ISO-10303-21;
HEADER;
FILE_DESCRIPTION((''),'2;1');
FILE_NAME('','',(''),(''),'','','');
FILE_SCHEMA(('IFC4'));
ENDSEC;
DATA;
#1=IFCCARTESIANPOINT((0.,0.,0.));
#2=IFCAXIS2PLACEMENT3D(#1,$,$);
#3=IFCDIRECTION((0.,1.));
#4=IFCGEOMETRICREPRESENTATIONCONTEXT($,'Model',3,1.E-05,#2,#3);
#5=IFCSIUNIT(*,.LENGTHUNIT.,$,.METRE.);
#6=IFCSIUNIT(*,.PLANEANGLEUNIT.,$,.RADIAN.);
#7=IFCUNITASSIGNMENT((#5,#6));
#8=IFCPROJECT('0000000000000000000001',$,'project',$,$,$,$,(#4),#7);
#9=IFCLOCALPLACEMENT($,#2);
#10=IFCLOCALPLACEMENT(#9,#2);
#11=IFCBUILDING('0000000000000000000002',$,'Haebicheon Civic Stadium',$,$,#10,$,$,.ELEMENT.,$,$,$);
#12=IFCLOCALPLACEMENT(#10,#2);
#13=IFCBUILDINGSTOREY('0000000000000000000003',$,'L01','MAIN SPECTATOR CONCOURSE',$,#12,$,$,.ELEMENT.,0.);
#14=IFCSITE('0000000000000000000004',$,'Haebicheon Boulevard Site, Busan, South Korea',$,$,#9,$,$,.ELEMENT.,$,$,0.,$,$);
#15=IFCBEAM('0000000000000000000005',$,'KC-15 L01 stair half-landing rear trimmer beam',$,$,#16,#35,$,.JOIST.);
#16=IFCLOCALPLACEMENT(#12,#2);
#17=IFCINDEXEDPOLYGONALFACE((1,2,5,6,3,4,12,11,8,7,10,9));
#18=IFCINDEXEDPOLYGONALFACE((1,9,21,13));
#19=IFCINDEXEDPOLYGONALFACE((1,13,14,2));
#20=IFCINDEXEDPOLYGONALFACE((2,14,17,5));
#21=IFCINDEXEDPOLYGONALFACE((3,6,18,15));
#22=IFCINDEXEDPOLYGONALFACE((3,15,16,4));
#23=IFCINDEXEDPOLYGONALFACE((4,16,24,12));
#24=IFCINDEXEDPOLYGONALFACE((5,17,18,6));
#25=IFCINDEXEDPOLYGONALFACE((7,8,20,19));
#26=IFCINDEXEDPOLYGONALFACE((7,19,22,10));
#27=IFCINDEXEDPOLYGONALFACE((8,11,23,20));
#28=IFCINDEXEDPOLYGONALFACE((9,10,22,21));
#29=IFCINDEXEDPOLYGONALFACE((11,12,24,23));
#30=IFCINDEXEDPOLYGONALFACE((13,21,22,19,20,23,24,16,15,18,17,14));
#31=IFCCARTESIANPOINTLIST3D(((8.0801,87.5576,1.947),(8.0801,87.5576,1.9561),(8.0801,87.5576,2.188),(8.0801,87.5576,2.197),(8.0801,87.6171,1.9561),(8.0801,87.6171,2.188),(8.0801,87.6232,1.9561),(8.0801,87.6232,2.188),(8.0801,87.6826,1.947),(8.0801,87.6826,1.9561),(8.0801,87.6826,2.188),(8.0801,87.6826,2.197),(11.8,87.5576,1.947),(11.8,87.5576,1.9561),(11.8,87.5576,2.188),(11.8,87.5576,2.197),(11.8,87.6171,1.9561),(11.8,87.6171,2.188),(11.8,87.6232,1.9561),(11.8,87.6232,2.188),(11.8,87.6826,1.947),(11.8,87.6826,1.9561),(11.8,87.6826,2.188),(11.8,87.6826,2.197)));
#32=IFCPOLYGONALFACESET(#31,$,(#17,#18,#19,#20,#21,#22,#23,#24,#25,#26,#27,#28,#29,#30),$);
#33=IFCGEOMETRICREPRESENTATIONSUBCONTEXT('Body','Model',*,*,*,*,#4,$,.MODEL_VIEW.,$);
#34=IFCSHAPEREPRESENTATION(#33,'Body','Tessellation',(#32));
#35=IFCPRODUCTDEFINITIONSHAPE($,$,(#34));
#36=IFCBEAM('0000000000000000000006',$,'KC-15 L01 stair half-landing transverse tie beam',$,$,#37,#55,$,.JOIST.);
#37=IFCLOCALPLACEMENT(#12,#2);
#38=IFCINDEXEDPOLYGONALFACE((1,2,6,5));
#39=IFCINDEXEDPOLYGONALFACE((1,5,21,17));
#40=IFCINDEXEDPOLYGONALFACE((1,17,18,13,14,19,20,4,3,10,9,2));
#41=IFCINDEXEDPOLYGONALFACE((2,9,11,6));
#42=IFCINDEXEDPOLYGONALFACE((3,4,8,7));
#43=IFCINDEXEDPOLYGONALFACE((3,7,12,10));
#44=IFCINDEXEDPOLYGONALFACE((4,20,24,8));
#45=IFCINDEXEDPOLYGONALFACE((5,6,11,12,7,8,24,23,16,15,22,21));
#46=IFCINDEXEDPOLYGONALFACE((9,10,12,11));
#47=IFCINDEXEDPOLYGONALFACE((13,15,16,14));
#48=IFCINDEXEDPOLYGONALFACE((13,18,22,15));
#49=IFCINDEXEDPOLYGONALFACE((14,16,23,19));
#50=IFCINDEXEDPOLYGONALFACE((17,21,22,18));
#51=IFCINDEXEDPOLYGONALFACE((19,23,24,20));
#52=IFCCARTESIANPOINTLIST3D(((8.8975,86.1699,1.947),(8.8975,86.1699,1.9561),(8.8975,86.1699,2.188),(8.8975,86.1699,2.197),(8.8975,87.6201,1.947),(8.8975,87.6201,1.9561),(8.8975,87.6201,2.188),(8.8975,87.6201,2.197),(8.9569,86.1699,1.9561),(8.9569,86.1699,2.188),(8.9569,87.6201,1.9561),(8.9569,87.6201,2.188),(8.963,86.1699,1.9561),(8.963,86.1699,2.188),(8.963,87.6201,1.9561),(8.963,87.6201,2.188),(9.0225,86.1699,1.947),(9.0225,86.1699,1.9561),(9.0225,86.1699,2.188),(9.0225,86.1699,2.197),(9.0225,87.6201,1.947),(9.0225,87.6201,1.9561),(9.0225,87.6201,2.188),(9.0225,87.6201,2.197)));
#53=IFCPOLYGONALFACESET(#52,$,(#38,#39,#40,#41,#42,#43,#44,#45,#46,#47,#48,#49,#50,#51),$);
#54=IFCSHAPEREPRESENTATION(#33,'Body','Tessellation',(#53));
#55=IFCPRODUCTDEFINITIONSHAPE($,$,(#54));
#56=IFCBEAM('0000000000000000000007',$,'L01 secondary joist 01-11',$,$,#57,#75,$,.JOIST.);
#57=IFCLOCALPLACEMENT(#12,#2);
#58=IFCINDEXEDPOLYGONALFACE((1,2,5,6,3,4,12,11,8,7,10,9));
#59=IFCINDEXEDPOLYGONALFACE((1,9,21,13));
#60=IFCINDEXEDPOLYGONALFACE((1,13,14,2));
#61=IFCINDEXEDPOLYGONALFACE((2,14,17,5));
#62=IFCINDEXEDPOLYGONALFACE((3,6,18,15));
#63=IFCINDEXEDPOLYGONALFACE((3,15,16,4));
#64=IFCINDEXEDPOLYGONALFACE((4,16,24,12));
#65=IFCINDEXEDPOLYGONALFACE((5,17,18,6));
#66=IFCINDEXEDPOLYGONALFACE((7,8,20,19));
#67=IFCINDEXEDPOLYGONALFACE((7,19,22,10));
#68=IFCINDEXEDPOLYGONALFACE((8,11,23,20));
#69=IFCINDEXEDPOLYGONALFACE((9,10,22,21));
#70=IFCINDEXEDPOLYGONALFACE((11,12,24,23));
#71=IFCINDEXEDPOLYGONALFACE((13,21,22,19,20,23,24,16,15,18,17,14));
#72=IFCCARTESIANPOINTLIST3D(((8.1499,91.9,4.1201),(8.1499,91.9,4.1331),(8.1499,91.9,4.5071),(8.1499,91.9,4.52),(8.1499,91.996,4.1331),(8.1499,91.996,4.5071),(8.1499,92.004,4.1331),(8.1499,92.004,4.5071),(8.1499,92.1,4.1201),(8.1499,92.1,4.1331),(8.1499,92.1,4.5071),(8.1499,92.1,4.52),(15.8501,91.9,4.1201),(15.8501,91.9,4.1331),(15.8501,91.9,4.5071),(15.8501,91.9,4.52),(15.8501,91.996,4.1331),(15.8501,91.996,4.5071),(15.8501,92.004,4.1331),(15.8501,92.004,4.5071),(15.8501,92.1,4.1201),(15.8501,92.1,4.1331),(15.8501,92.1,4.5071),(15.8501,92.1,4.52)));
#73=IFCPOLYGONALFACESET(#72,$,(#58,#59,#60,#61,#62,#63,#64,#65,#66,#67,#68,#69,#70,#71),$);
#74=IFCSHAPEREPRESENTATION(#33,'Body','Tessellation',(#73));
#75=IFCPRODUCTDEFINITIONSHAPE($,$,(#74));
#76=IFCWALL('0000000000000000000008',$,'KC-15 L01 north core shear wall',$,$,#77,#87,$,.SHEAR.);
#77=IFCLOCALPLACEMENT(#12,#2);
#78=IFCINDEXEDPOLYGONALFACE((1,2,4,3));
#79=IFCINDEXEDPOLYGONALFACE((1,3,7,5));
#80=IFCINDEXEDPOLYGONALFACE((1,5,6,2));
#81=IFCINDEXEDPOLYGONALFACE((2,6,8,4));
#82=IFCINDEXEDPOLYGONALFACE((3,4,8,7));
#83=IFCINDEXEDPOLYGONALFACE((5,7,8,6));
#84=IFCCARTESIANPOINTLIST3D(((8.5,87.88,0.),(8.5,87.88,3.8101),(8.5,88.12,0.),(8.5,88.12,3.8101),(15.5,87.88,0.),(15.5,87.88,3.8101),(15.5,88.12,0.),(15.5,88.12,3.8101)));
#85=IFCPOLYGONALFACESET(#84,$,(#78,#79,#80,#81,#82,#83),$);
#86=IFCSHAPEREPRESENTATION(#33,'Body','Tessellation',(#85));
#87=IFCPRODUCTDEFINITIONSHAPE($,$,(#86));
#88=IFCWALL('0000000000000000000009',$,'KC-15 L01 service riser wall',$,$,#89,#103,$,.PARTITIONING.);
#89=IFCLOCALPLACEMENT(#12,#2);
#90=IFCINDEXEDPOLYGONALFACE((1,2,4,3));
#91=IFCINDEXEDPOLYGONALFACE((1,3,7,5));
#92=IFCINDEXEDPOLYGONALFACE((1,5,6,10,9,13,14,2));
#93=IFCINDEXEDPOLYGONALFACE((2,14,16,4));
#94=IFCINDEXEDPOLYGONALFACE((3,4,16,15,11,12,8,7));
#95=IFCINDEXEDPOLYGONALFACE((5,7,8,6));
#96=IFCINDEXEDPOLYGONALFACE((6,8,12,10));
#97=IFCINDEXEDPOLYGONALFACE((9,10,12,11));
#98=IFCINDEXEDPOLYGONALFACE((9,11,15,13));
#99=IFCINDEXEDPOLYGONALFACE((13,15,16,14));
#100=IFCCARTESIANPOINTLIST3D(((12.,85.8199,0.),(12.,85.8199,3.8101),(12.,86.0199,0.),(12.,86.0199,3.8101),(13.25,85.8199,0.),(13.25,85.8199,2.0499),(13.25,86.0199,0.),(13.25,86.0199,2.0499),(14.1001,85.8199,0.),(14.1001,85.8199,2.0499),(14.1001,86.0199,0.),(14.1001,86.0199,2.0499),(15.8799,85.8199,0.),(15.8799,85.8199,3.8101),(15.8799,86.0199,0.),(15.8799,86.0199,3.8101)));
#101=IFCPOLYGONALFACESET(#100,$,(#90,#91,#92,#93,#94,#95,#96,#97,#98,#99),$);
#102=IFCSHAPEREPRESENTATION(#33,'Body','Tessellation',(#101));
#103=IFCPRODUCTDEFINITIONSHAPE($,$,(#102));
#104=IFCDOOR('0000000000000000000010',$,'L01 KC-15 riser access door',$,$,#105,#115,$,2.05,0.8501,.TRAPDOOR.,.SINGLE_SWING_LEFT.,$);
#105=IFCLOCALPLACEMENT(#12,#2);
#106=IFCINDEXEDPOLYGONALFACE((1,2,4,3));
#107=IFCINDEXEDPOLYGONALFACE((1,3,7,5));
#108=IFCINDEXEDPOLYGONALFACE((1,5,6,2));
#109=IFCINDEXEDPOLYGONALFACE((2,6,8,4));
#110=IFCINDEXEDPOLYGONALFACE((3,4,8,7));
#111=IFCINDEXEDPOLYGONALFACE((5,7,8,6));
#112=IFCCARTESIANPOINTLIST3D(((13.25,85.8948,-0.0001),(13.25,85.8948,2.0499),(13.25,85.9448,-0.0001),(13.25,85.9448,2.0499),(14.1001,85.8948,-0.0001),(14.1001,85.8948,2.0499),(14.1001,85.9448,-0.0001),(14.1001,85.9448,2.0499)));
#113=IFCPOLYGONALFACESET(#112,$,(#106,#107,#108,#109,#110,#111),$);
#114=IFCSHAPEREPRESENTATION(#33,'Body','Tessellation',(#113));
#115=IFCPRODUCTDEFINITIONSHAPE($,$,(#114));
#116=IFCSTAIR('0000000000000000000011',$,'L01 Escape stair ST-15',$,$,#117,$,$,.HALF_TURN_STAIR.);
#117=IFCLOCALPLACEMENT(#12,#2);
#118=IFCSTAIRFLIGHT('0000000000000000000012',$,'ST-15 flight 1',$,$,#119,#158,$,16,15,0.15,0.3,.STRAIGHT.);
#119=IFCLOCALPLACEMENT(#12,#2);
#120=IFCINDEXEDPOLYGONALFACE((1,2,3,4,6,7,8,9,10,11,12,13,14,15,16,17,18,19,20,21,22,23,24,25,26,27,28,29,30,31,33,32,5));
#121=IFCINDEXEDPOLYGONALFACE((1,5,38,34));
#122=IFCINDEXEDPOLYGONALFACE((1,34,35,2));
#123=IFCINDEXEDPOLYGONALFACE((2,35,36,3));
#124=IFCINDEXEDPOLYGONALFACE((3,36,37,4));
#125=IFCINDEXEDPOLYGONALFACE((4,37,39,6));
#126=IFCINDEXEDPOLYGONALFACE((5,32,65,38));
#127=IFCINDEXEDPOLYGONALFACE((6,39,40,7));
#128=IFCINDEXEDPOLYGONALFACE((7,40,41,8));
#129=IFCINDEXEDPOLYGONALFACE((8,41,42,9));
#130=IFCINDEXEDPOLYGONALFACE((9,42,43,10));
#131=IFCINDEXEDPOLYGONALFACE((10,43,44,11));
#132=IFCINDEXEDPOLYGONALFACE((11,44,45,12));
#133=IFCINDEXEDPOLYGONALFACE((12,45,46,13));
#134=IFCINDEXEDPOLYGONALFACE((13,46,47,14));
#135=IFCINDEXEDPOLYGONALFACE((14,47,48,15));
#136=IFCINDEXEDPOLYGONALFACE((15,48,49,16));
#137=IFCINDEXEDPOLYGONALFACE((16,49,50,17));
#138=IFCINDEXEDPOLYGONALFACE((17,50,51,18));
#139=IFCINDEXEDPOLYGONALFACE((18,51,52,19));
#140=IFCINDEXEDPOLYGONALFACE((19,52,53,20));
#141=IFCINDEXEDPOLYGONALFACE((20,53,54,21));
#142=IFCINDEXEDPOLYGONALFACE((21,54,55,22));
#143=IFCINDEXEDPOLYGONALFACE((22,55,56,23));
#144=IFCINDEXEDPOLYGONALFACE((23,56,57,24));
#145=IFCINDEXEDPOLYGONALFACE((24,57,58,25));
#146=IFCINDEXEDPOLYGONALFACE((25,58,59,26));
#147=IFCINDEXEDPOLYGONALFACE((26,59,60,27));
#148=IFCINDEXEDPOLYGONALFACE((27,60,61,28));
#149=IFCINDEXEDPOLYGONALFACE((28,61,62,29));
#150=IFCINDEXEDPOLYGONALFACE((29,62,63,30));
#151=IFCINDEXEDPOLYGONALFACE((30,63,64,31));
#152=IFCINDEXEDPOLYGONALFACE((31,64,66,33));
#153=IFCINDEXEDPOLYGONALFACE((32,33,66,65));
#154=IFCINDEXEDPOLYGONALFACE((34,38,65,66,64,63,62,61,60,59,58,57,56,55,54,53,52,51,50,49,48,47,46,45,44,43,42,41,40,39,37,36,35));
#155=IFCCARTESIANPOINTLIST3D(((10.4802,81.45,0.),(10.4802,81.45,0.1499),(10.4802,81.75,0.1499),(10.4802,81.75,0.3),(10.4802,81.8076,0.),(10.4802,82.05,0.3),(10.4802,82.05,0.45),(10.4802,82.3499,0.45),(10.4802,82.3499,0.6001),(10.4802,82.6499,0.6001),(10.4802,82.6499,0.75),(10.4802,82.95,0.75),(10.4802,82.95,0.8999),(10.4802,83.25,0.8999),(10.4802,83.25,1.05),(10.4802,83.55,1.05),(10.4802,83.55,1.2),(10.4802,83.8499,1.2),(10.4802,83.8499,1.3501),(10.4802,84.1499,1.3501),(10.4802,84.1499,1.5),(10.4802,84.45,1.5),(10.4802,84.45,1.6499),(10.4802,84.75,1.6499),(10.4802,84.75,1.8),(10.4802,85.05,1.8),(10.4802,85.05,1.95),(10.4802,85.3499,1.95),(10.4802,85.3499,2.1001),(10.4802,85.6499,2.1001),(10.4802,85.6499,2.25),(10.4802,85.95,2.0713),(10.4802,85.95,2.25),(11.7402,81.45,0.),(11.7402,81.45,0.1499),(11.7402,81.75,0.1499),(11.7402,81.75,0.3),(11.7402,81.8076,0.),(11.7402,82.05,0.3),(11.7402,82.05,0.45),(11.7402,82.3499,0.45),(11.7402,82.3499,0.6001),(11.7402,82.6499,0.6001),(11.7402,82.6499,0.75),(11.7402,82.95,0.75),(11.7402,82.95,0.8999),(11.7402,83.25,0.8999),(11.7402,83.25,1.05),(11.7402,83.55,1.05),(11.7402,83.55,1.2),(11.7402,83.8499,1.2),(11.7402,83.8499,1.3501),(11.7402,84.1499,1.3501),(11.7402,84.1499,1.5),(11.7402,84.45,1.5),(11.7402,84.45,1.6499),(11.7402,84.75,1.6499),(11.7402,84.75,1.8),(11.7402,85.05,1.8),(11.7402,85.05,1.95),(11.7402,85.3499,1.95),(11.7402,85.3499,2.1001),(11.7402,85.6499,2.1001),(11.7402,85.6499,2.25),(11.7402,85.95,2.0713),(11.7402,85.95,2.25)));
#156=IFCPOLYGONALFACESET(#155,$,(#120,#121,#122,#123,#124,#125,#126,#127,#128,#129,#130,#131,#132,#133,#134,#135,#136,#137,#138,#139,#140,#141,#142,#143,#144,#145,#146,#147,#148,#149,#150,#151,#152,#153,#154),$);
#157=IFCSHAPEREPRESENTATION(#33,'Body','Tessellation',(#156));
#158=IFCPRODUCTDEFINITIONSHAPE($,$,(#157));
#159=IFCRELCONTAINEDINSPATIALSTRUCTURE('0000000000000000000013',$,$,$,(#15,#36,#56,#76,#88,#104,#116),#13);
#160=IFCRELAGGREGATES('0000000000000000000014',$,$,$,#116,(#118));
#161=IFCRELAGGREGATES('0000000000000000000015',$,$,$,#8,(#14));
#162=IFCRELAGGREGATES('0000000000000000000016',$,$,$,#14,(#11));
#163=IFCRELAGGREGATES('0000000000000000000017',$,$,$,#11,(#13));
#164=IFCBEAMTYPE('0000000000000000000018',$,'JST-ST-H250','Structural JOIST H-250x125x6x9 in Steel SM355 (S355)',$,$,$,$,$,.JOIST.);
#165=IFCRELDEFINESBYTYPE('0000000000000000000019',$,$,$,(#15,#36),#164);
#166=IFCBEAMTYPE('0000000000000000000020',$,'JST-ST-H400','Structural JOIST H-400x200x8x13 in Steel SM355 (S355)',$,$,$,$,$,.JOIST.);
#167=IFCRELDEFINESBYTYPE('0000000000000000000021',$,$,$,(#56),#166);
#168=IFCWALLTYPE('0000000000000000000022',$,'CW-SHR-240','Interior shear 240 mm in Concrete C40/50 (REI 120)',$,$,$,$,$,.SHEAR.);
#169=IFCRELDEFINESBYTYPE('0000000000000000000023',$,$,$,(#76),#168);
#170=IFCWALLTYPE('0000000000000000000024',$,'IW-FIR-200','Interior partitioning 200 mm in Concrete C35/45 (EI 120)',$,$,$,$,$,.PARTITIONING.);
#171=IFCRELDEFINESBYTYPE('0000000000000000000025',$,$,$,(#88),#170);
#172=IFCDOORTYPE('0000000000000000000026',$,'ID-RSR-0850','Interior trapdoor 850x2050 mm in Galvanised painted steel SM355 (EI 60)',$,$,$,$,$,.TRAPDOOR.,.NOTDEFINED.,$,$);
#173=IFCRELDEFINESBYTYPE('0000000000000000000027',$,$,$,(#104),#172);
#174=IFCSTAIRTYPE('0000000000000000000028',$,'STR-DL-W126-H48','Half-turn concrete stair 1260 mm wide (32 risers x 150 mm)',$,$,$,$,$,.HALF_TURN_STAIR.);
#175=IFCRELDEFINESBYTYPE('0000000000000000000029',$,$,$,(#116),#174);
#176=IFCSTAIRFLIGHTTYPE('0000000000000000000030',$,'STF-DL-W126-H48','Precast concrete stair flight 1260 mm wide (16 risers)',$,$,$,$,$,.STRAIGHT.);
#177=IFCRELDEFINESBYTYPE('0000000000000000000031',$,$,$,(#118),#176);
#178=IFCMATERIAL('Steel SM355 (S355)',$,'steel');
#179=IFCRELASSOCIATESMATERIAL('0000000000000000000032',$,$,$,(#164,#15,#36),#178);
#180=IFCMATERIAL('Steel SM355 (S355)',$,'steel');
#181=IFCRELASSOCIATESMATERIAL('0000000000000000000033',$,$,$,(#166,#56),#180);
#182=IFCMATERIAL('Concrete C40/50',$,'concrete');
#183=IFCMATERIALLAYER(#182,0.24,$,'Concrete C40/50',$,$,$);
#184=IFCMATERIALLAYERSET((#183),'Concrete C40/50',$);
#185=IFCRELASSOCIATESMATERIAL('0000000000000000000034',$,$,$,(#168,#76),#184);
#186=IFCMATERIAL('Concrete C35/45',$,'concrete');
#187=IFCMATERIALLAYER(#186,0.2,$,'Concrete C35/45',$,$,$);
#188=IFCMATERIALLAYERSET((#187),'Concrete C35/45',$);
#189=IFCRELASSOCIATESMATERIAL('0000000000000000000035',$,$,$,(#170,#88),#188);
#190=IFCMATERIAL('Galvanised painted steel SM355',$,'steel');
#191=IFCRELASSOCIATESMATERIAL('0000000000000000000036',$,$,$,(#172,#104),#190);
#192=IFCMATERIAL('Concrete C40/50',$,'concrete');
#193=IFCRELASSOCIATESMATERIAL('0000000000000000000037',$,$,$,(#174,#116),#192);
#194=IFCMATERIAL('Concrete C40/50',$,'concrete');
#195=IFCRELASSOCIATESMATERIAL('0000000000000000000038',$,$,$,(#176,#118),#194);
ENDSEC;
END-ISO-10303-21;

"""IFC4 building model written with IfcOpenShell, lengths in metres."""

from ifc_helpers import new_model, si_unit, direction, frame, frame_2d, origin, origin_2d, place, context, subcontext, project, spatial, polyline, rectangle, i_section, outline, extrude, material, layer, layer_set, material_profile, profile_set, type_object, element, fill, aggregate, save


model = new_model("IFC4")

# Units and contexts
model_context = context("Model", 3, precision=1e-05, world=origin(), true_north=direction((0.0, 1.0)))
body_context = subcontext(model_context, "Body", "Model", "MODEL_VIEW")
ifc_project = project(units=[si_unit("LENGTHUNIT", "METRE"), si_unit("PLANEANGLEUNIT", "RADIAN")], contexts=[model_context])

# Site, building, storey
site_placement = place(None, origin())
site = spatial("IfcSite", under=ifc_project, at=site_placement, Name="Haebicheon Boulevard Site, Busan, South Korea", CompositionType="ELEMENT", RefElevation=0.0)
building_placement = place(site_placement, origin())
building = spatial("IfcBuilding", under=site, at=building_placement, Name="Haebicheon Civic Stadium", CompositionType="ELEMENT")
storey_placement = place(building_placement, origin())
storey = spatial("IfcBuildingStorey", under=building, at=storey_placement, Name="L01", Description="MAIN SPECTATOR CONCOURSE", CompositionType="ELEMENT", Elevation=0.0)

# Beams
ifc_material_1 = material(Name="Steel SM355 (S355)", Category="steel")
ifc_material_profile_1 = material_profile(ifc_material_1, i_section(OverallWidth=0.125, OverallDepth=0.25, WebThickness=0.0061, FlangeThickness=0.009, at=origin_2d()), Name="H-250x125x6x9")
ifc_profile_set_1 = profile_set([ifc_material_profile_1], Name="Steel SM355 (S355)")
beam_type_1 = type_object("IfcBeamType", Name="JST-ST-H250", Description="Structural JOIST H-250x125x6x9 in Steel SM355 (S355)", PredefinedType="JOIST", material=ifc_profile_set_1)
beam_1_placement = place(storey_placement, frame((8.0801, 87.6201, 2.072), z_axis=(1.0, 0.0, 0.0), x_axis=(0.0, 1.0, 0.0)))
element("IfcBeam", 1, at=beam_1_placement, inside=storey, type_object=beam_type_1, material=ifc_profile_set_1, Name="KC-15 L01 stair half-landing rear trimmer beam", PredefinedType="JOIST", context=body_context, shape_type="SweptSolid", body=[
    extrude(i_section(OverallWidth=0.125, OverallDepth=0.25, WebThickness=0.0061, FlangeThickness=0.009, at=origin_2d()), origin(), (0.0, 0.0, 1.0), 3.72),
])
beam_2_placement = place(storey_placement, frame((8.96, 86.1699, 2.072), z_axis=(0.0, 1.0, 0.0), x_axis=(-1.0, 0.0, 0.0)))
element("IfcBeam", 2, at=beam_2_placement, inside=storey, type_object=beam_type_1, material=ifc_profile_set_1, Name="KC-15 L01 stair half-landing transverse tie beam", PredefinedType="JOIST", context=body_context, shape_type="SweptSolid", body=[
    extrude(i_section(OverallWidth=0.125, OverallDepth=0.25, WebThickness=0.0061, FlangeThickness=0.009, at=origin_2d()), origin(), (0.0, 0.0, 1.0), 1.4502),
])
ifc_material_2 = material(Name="Steel SM355 (S355)", Category="steel")
ifc_material_profile_2 = material_profile(ifc_material_2, i_section(OverallWidth=0.2, OverallDepth=0.3999, WebThickness=0.0081, FlangeThickness=0.0129, at=origin_2d()), Name="H-400x200x8x13")
ifc_profile_set_2 = profile_set([ifc_material_profile_2], Name="Steel SM355 (S355)")
beam_type_2 = type_object("IfcBeamType", Name="JST-ST-H400", Description="Structural JOIST H-400x200x8x13 in Steel SM355 (S355)", PredefinedType="JOIST", material=ifc_profile_set_2)
beam_3_placement = place(storey_placement, frame((8.1499, 92.0, 4.3201), z_axis=(1.0, 0.0, 0.0), x_axis=(0.0, 1.0, 0.0)))
element("IfcBeam", 3, at=beam_3_placement, inside=storey, type_object=beam_type_2, material=ifc_profile_set_2, Name="L01 secondary joist 01-11", PredefinedType="JOIST", context=body_context, shape_type="SweptSolid", body=[
    extrude(i_section(OverallWidth=0.2, OverallDepth=0.3999, WebThickness=0.0081, FlangeThickness=0.0129, at=origin_2d()), origin(), (0.0, 0.0, 1.0), 7.7002),
])

# Wall
ifc_material_3 = material(Name="Concrete C40/50", Category="concrete")
ifc_layer_1 = layer(ifc_material_3, 0.24, Name="Concrete C40/50")
ifc_layer_set_1 = layer_set([ifc_layer_1], Name="Concrete C40/50")
wall_type_1 = type_object("IfcWallType", Name="CW-SHR-240", Description="Interior shear 240 mm in Concrete C40/50 (REI 120)", PredefinedType="SHEAR", material=ifc_layer_set_1)
wall_1_placement = place(storey_placement, frame((8.5, 88.0, 0.0), z_axis=(0.0, 0.0, 1.0), x_axis=(1.0, 0.0, 0.0)))
element("IfcWall", 4, at=wall_1_placement, inside=storey, type_object=wall_type_1, material=ifc_layer_set_1, Name="KC-15 L01 north core shear wall", PredefinedType="SHEAR", context=body_context, shape_type="SweptSolid", body=[
    extrude(rectangle(XDim=7.0, YDim=0.24, at=frame_2d((3.5, 0.0))), origin(), (0.0, 0.0, 1.0), 3.8101),
])

# Wall, opening, door
ifc_material_4 = material(Name="Concrete C35/45", Category="concrete")
ifc_layer_2 = layer(ifc_material_4, 0.2, Name="Concrete C35/45")
ifc_layer_set_2 = layer_set([ifc_layer_2], Name="Concrete C35/45")
wall_type_2 = type_object("IfcWallType", Name="IW-FIR-200", Description="Interior partitioning 200 mm in Concrete C35/45 (EI 120)", PredefinedType="PARTITIONING", material=ifc_layer_set_2)
wall_2_placement = place(storey_placement, frame((12.0, 85.9199, 0.0), z_axis=(0.0, 0.0, 1.0), x_axis=(1.0, 0.0, 0.0)))
wall_2 = element("IfcWall", 5, at=wall_2_placement, inside=storey, type_object=wall_type_2, material=ifc_layer_set_2, Name="KC-15 L01 service riser wall", PredefinedType="PARTITIONING", context=body_context, shape_type="SweptSolid", body=[
    extrude(rectangle(XDim=3.8799, YDim=0.2, at=frame_2d((1.9399, 0.0))), origin(), (0.0, 0.0, 1.0), 3.8101),
])
opening_placement = place(wall_2_placement, frame((1.25, 0.0, 0.0)))
opening = element("IfcOpeningElement", 6, at=opening_placement, cuts=wall_2, PredefinedType="OPENING", context=body_context, shape_type="SweptSolid", body=[
    extrude(rectangle(XDim=0.8501, YDim=2.05, at=frame_2d((0.425, 1.0249))), frame((0.0, 0.1099, 0.0), z_axis=(0.0, -1.0, 0.0), x_axis=(1.0, 0.0, 0.0)), (0.0, 0.0, 1.0), 0.22),
])
ifc_material_5 = material(Name="Galvanised painted steel SM355", Category="steel")
door_type = type_object("IfcDoorType", Name="ID-RSR-0850", Description="Interior trapdoor 850x2050 mm in Galvanised painted steel SM355 (EI 60)", OperationType="NOTDEFINED", PredefinedType="TRAPDOOR", material=ifc_material_5)
door_placement = place(opening_placement, origin())
door = element("IfcDoor", 7, at=door_placement, inside=storey, type_object=door_type, material=ifc_material_5, Name="L01 KC-15 riser access door", OperationType="SINGLE_SWING_LEFT", OverallHeight=2.05, OverallWidth=0.8501, PredefinedType="TRAPDOOR", context=body_context, shape_type="SweptSolid", body=[
    extrude(rectangle(XDim=0.8501, YDim=2.05, at=frame_2d((0.425, 1.0249))), frame((0.0, 0.0249, 0.0), z_axis=(0.0, -1.0, 0.0), x_axis=(1.0, 0.0, 0.0)), (0.0, 0.0, 1.0), 0.05),
])
fill(opening, door)

# Stair, stair flight
ifc_material_6 = material(Name="Concrete C40/50", Category="concrete")
stair_type = type_object("IfcStairType", Name="STR-DL-W126-H48", Description="Half-turn concrete stair 1260 mm wide (32 risers x 150 mm)", PredefinedType="HALF_TURN_STAIR", material=ifc_material_6)
stair_placement = place(storey_placement, origin())
stair = element("IfcStair", 8, at=stair_placement, inside=storey, type_object=stair_type, material=ifc_material_6, Name="L01 Escape stair ST-15", PredefinedType="HALF_TURN_STAIR")
ifc_material_7 = material(Name="Concrete C40/50", Category="concrete")
stair_flight_type = type_object("IfcStairFlightType", Name="STF-DL-W126-H48", Description="Precast concrete stair flight 1260 mm wide (16 risers)", PredefinedType="STRAIGHT", material=ifc_material_7)
stair_flight_1_placement = place(storey_placement, frame((11.1101, 81.45, 0.0), z_axis=(0.0, 0.0, 1.0), x_axis=(0.0, 1.0, 0.0)))
stair_flight_1 = element("IfcStairFlight", 9, at=stair_flight_1_placement, type_object=stair_flight_type, material=ifc_material_7, Name="ST-15 flight 1", NumberOfRisers=16, NumberOfTreads=15, PredefinedType="STRAIGHT", RiserHeight=0.15, TreadLength=0.3, context=body_context, shape_type="SweptSolid", body=[
    extrude(outline(polyline([(0.0, 0.0), (0.0, 0.1499), (0.3, 0.1499), (0.3, 0.3), (0.6001, 0.3), (0.6001, 0.45), (0.8999, 0.45), (0.8999, 0.6001), (1.2, 0.6001), (1.2, 0.75), (1.5, 0.75), (1.5, 0.8999), (1.8, 0.8999), (1.8, 1.05), (2.1001, 1.05), (2.1001, 1.2), (2.3999, 1.2), (2.3999, 1.3501), (2.7, 1.3501), (2.7, 1.5), (3.0, 1.5), (3.0, 1.6499), (3.3, 1.6499), (3.3, 1.8), (3.6001, 1.8), (3.6001, 1.95), (3.8999, 1.95), (3.8999, 2.1001), (4.2, 2.1001), (4.2, 2.25), (4.5, 2.25), (4.5, 2.3999), (4.5, 2.0713), (0.3577, 0.0), (0.0, 0.0)])), frame((0.0, 0.6299, 0.0), z_axis=(0.0, -1.0, 0.0), x_axis=(1.0, 0.0, 0.0)), (0.0, 0.0, 1.0), 1.26),
])
aggregate(stair, [stair_flight_1])

save(model, "model.ifc")
